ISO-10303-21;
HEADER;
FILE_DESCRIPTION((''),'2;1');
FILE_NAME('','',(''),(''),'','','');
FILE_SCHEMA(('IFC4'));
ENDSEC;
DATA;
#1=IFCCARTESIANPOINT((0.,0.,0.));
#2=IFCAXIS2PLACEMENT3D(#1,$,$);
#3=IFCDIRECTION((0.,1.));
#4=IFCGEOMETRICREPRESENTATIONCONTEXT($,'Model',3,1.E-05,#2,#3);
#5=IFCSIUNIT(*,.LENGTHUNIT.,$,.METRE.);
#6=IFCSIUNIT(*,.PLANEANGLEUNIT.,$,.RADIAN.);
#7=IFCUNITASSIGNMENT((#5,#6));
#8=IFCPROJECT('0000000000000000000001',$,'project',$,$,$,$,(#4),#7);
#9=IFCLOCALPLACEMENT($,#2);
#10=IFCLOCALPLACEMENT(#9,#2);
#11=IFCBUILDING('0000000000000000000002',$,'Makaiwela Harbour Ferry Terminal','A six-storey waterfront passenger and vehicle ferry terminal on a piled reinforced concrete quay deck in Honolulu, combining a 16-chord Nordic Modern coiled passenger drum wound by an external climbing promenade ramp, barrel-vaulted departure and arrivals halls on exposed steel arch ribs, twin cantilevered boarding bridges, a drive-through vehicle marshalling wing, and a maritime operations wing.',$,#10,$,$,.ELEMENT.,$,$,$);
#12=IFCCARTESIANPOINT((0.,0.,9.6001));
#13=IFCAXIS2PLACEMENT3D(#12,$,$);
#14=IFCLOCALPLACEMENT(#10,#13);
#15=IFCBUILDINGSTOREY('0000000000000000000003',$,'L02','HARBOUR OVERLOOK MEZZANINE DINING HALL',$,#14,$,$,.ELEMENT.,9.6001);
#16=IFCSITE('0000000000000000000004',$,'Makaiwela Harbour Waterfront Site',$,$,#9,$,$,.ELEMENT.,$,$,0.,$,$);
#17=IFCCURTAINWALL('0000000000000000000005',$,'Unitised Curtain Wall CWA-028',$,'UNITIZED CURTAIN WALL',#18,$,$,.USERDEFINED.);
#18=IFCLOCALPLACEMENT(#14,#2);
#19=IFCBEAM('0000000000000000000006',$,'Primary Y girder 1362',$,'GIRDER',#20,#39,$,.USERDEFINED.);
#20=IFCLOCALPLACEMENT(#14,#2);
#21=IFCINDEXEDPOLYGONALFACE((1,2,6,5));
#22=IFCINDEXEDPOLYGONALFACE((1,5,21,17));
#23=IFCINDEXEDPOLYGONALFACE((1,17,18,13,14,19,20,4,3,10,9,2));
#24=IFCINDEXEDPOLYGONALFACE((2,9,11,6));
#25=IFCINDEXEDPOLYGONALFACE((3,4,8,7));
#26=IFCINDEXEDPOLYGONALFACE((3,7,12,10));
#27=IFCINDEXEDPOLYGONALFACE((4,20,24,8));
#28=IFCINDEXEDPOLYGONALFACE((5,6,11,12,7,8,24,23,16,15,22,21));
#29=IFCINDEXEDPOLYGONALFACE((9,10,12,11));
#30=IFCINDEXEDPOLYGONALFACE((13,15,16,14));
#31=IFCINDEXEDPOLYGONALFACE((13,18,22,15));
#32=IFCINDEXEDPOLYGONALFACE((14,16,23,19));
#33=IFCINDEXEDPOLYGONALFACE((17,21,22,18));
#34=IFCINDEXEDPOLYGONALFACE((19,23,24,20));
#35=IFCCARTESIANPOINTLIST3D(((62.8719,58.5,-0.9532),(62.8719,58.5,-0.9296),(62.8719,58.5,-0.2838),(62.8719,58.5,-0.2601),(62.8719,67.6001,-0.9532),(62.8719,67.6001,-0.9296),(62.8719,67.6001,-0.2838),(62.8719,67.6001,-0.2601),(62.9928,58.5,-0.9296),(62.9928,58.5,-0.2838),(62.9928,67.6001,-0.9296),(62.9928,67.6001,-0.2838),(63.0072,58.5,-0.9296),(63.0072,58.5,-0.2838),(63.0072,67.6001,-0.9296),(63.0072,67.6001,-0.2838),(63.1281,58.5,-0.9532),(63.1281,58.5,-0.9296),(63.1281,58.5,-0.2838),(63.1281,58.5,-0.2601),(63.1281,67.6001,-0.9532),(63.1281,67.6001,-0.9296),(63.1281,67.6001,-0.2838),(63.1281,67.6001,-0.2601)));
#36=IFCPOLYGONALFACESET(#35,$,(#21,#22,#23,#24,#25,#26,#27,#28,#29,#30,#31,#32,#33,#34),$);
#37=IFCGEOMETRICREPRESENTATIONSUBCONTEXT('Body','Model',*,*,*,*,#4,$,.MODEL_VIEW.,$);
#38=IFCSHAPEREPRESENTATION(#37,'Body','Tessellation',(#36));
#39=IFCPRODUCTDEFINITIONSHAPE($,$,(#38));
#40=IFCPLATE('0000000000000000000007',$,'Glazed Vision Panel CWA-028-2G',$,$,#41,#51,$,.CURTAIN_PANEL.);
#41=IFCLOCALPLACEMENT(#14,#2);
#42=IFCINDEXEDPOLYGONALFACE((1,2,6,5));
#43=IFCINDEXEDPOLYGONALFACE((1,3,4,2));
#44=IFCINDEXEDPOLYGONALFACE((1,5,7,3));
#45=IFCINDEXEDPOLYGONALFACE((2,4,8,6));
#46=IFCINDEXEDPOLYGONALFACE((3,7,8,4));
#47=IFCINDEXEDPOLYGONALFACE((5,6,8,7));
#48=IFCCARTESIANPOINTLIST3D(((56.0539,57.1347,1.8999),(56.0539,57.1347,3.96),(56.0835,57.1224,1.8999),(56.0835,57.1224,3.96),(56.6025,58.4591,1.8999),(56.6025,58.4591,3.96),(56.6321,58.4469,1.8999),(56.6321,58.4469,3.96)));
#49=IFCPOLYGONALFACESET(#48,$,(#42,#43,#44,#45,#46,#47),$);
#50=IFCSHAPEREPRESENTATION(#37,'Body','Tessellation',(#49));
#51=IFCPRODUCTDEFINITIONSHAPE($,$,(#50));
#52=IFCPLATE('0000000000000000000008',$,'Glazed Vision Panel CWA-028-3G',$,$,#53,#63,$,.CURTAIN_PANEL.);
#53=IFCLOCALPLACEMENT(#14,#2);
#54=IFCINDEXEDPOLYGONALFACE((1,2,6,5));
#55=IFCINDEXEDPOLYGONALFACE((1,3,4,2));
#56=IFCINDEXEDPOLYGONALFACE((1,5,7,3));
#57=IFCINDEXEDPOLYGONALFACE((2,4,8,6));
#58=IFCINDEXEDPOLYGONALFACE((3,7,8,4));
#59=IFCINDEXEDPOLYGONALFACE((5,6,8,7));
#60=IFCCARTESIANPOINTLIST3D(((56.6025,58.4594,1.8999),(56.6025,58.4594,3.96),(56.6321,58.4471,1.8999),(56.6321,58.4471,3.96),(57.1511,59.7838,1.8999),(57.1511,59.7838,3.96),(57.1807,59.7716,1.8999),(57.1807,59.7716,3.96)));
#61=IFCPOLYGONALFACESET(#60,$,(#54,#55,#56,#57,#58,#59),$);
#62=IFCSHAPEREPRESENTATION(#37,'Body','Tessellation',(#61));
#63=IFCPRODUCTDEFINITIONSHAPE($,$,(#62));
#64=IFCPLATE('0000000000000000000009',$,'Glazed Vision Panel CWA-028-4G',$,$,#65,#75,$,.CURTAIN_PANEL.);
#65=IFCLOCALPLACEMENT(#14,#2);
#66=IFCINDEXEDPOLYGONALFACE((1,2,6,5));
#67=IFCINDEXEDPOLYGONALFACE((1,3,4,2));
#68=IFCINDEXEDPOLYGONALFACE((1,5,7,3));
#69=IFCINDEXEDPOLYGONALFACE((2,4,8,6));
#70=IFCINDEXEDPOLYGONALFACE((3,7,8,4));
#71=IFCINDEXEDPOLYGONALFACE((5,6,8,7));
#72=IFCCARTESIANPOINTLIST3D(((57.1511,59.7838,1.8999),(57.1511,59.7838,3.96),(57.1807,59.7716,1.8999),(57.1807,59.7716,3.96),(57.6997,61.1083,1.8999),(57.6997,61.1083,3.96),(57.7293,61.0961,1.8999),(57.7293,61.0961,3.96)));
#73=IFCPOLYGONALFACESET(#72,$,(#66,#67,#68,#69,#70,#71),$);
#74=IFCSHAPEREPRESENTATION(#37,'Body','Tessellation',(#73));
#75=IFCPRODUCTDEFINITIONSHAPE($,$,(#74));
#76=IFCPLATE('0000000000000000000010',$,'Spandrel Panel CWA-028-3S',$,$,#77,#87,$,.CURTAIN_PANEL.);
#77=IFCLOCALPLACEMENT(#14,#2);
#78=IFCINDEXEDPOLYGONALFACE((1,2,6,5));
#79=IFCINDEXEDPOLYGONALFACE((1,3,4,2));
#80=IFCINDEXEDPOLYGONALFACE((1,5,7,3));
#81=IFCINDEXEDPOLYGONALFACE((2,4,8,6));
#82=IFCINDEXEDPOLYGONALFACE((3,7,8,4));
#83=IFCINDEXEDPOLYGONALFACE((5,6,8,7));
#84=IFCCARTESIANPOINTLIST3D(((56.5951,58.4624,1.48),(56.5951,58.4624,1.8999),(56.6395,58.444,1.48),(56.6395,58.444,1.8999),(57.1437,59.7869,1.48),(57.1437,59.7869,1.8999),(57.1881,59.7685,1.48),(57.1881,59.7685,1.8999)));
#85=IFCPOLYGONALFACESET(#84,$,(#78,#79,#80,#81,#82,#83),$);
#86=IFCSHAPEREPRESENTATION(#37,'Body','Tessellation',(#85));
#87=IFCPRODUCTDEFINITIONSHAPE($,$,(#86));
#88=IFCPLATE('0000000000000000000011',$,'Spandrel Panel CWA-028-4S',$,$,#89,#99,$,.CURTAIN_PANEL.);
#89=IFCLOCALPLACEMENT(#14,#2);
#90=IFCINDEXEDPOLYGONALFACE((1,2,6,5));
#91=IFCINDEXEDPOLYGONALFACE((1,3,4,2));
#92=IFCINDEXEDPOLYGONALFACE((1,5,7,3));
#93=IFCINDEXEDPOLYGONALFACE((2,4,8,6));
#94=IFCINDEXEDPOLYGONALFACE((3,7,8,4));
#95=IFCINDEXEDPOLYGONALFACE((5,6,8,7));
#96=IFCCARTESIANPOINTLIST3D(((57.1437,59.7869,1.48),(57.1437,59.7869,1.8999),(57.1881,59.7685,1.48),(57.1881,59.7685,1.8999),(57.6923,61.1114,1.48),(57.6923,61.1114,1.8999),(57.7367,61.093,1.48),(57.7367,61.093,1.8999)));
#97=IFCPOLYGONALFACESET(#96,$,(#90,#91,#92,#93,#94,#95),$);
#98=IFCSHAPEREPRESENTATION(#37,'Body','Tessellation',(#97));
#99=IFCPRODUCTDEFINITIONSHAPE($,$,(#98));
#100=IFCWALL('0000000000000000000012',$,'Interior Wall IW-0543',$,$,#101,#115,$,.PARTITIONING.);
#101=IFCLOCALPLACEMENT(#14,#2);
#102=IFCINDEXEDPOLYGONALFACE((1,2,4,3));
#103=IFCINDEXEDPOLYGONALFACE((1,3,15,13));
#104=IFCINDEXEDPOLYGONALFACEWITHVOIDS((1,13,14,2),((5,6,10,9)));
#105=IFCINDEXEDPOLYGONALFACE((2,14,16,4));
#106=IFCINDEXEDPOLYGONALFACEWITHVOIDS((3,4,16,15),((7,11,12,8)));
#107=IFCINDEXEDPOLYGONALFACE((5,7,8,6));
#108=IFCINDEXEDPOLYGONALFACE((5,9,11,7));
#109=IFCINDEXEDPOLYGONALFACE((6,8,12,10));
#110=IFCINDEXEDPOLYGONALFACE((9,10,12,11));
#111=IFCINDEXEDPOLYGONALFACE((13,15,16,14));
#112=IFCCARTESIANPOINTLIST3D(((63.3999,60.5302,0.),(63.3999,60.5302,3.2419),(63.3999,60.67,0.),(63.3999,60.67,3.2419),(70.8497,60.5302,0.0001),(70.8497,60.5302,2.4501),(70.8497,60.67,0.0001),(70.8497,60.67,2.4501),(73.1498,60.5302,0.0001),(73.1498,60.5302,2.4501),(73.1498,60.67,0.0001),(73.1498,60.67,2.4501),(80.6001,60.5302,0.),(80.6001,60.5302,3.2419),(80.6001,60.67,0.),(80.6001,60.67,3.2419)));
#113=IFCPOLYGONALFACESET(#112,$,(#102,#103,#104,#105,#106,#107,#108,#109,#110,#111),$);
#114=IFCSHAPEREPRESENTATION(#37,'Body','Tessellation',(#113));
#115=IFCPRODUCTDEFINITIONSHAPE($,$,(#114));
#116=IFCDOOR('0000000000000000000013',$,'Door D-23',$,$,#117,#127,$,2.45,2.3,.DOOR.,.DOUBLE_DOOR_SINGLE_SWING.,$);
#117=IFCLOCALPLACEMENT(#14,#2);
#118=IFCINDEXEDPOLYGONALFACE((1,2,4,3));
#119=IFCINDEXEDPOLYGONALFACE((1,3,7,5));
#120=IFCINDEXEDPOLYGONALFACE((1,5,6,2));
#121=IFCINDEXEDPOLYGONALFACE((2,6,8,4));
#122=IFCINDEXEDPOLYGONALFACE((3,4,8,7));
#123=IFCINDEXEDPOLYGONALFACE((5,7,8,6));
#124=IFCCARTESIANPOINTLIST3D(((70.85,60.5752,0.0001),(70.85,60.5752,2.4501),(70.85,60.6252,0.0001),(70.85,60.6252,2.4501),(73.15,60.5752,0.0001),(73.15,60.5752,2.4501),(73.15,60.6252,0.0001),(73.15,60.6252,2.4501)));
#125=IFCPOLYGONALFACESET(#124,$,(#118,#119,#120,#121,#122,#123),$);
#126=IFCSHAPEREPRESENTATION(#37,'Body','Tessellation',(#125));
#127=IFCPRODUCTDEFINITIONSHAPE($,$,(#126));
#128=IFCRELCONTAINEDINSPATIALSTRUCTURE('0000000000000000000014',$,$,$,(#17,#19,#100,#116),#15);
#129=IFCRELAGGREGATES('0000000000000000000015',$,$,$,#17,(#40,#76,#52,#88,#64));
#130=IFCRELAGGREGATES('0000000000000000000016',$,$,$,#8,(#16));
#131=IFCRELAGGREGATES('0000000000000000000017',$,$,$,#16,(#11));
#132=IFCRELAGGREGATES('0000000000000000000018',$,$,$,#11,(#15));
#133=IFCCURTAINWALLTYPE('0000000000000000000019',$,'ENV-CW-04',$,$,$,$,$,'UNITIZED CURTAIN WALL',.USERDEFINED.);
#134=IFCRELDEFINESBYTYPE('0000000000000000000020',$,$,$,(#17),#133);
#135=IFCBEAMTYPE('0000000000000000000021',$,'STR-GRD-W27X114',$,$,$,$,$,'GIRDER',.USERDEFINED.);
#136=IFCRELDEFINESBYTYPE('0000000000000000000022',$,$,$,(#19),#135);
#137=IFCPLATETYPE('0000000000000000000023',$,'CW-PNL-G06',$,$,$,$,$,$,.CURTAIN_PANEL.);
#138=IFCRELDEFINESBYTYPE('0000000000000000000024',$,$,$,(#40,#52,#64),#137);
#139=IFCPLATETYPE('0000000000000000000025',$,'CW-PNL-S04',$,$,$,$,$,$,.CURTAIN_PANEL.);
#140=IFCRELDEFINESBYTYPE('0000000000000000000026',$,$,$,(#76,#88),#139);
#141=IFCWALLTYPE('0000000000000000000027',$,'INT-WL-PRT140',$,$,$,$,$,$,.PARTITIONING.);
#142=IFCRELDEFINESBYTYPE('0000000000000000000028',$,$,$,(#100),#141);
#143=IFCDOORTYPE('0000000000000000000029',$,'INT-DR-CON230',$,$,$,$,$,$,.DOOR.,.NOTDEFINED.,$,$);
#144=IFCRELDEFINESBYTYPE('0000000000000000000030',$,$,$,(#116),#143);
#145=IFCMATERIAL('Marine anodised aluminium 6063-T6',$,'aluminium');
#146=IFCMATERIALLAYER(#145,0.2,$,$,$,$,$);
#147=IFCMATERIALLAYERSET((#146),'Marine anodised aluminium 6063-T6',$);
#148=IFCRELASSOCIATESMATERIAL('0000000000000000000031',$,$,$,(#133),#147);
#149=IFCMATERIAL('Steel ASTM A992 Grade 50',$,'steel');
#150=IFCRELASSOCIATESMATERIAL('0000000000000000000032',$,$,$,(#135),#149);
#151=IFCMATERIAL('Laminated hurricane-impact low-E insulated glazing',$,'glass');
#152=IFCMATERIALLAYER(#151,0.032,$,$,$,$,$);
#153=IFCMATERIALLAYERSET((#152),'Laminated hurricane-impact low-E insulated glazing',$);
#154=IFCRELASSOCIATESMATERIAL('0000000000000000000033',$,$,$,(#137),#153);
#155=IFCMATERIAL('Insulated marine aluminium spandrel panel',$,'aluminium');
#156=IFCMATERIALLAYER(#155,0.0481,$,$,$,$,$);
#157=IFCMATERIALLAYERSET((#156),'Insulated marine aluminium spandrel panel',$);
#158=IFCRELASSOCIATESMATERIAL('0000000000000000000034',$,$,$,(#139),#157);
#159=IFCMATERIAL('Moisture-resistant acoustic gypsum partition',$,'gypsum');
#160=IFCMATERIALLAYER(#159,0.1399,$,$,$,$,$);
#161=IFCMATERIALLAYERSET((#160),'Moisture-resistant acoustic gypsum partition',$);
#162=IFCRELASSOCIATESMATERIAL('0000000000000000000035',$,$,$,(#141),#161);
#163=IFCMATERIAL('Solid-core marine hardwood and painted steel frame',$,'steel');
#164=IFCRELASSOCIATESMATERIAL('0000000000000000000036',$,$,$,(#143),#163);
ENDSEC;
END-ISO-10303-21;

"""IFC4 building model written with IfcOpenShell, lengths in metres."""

from ifc_helpers import new_model, si_unit, direction, frame, frame_2d, origin, origin_2d, place, context, subcontext, project, spatial, rectangle, i_section, extrude, material, layer, layer_set, material_profile, profile_set, type_object, element, fill, aggregate, save


model = new_model("IFC4")

# Units and contexts
model_context = context("Model", 3, precision=1e-05, world=origin(), true_north=direction((0.0, 1.0)))
body_context = subcontext(model_context, "Body", "Model", "MODEL_VIEW")
ifc_project = project(units=[si_unit("LENGTHUNIT", "METRE"), si_unit("PLANEANGLEUNIT", "RADIAN")], contexts=[model_context])

# Site, building, storey
site_placement = place(None, origin())
site = spatial("IfcSite", under=ifc_project, at=site_placement, Name="Makaiwela Harbour Waterfront Site", CompositionType="ELEMENT", RefElevation=0.0)
building_placement = place(site_placement, origin())
building = spatial("IfcBuilding", under=site, at=building_placement, Name="Makaiwela Harbour Ferry Terminal", Description="A six-storey waterfront passenger and vehicle ferry terminal on a piled reinforced concrete quay deck in Honolulu, combining a 16-chord Nordic Modern coiled passenger drum wound by an external climbing promenade ramp, barrel-vaulted departure and arrivals halls on exposed steel arch ribs, twin cantilevered boarding bridges, a drive-through vehicle marshalling wing, and a maritime operations wing.", CompositionType="ELEMENT")
storey_placement = place(building_placement, frame((0.0, 0.0, 9.6001)))
storey = spatial("IfcBuildingStorey", under=building, at=storey_placement, Name="L02", Description="HARBOUR OVERLOOK MEZZANINE DINING HALL", CompositionType="ELEMENT", Elevation=9.6001)

# Shared definitions
ifc_material_1 = material(Name="Steel ASTM A992 Grade 50", Category="steel")

# Curtain wall
ifc_material_2 = material(Name="Marine anodised aluminium 6063-T6", Category="aluminium")
ifc_layer_1 = layer(ifc_material_2, 0.2)
ifc_layer_set_1 = layer_set([ifc_layer_1], Name="Marine anodised aluminium 6063-T6")
curtain_wall_type = type_object("IfcCurtainWallType", Name="ENV-CW-04", ElementType="UNITIZED CURTAIN WALL", PredefinedType="USERDEFINED", material=ifc_layer_set_1)
curtain_wall_placement = place(storey_placement, origin())
curtain_wall = element("IfcCurtainWall", 1, at=curtain_wall_placement, inside=storey, type_object=curtain_wall_type, Name="Unitised Curtain Wall CWA-028", ObjectType="UNITIZED CURTAIN WALL", PredefinedType="USERDEFINED")

# Beam
ifc_material_profile_1 = material_profile(ifc_material_1, i_section(OverallWidth=0.2561, OverallDepth=0.6931, WebThickness=0.0144, FlangeThickness=0.0237, at=origin_2d()), Name="W27X114")
ifc_profile_set_1 = profile_set([ifc_material_profile_1], Name="Steel ASTM A992 Grade 50")
beam_type_1 = type_object("IfcBeamType", Name="STR-GRD-W27X114", ElementType="GIRDER", PredefinedType="USERDEFINED", material=ifc_profile_set_1)
beam_1_placement = place(storey_placement, frame((63.0, 58.5, -0.6067), z_axis=(0.0, 1.0, 0.0), x_axis=(-1.0, 0.0, 0.0)))
element("IfcBeam", 2, at=beam_1_placement, inside=storey, type_object=beam_type_1, Name="Primary Y girder 1362", ObjectType="GIRDER", PredefinedType="USERDEFINED", context=body_context, shape_type="SweptSolid", body=[
    extrude(i_section(OverallWidth=0.2561, OverallDepth=0.6931, WebThickness=0.0144, FlangeThickness=0.0237, at=origin_2d()), origin(), (0.0, 0.0, 1.0), 9.1001),
])

# Plates
ifc_material_3 = material(Name="Laminated hurricane-impact low-E insulated glazing", Category="glass")
ifc_layer_2 = layer(ifc_material_3, 0.032)
ifc_layer_set_2 = layer_set([ifc_layer_2], Name="Laminated hurricane-impact low-E insulated glazing")
plate_type_1 = type_object("IfcPlateType", Name="CW-PNL-G06", PredefinedType="CURTAIN_PANEL", material=ifc_layer_set_2)
plate_1_placement = place(storey_placement, frame((56.343, 57.7908, 1.8999), z_axis=(0.0, 0.0, 1.0), x_axis=(0.382683, 0.92388, 0.0)))
plate_1 = element("IfcPlate", 3, at=plate_1_placement, type_object=plate_type_1, Name="Glazed Vision Panel CWA-028-2G", PredefinedType="CURTAIN_PANEL", context=body_context, shape_type="SweptSolid", body=[
    extrude(rectangle(XDim=1.4336, YDim=0.032, at=origin_2d()), origin(), (0.0, 0.0, 1.0), 2.0601),
])
plate_2_placement = place(storey_placement, frame((56.8916, 59.1155, 1.8999), z_axis=(0.0, 0.0, 1.0), x_axis=(0.382683, 0.92388, 0.0)))
plate_2 = element("IfcPlate", 4, at=plate_2_placement, type_object=plate_type_1, Name="Glazed Vision Panel CWA-028-3G", PredefinedType="CURTAIN_PANEL", context=body_context, shape_type="SweptSolid", body=[
    extrude(rectangle(XDim=1.4336, YDim=0.032, at=origin_2d()), origin(), (0.0, 0.0, 1.0), 2.0601),
])
plate_3_placement = place(storey_placement, frame((57.4402, 60.4399, 1.8999), z_axis=(0.0, 0.0, 1.0), x_axis=(0.382683, 0.92388, 0.0)))
plate_3 = element("IfcPlate", 5, at=plate_3_placement, type_object=plate_type_1, Name="Glazed Vision Panel CWA-028-4G", PredefinedType="CURTAIN_PANEL", context=body_context, shape_type="SweptSolid", body=[
    extrude(rectangle(XDim=1.4336, YDim=0.032, at=origin_2d()), origin(), (0.0, 0.0, 1.0), 2.0601),
])
ifc_material_4 = material(Name="Insulated marine aluminium spandrel panel", Category="aluminium")
ifc_layer_3 = layer(ifc_material_4, 0.0481)
ifc_layer_set_3 = layer_set([ifc_layer_3], Name="Insulated marine aluminium spandrel panel")
plate_type_2 = type_object("IfcPlateType", Name="CW-PNL-S04", PredefinedType="CURTAIN_PANEL", material=ifc_layer_set_3)
plate_4_placement = place(storey_placement, frame((56.8916, 59.1155, 1.48), z_axis=(0.0, 0.0, 1.0), x_axis=(0.382683, 0.92388, 0.0)))
plate_4 = element("IfcPlate", 6, at=plate_4_placement, type_object=plate_type_2, Name="Spandrel Panel CWA-028-3S", PredefinedType="CURTAIN_PANEL", context=body_context, shape_type="SweptSolid", body=[
    extrude(rectangle(XDim=1.4336, YDim=0.0481, at=origin_2d()), origin(), (0.0, 0.0, 1.0), 0.4199),
])
plate_5_placement = place(storey_placement, frame((57.4402, 60.4399, 1.48), z_axis=(0.0, 0.0, 1.0), x_axis=(0.382683, 0.92388, 0.0)))
plate_5 = element("IfcPlate", 7, at=plate_5_placement, type_object=plate_type_2, Name="Spandrel Panel CWA-028-4S", PredefinedType="CURTAIN_PANEL", context=body_context, shape_type="SweptSolid", body=[
    extrude(rectangle(XDim=1.4336, YDim=0.0481, at=origin_2d()), origin(), (0.0, 0.0, 1.0), 0.4199),
])
aggregate(curtain_wall, [plate_1, plate_4, plate_2, plate_5, plate_3])

# Wall, opening, door
ifc_material_5 = material(Name="Moisture-resistant acoustic gypsum partition", Category="gypsum")
ifc_layer_4 = layer(ifc_material_5, 0.1399)
ifc_layer_set_4 = layer_set([ifc_layer_4], Name="Moisture-resistant acoustic gypsum partition")
wall_type_1 = type_object("IfcWallType", Name="INT-WL-PRT140", PredefinedType="PARTITIONING", material=ifc_layer_set_4)
wall_1_placement = place(storey_placement, frame((63.3999, 60.6001, 0.0), z_axis=(0.0, 0.0, 1.0), x_axis=(1.0, 0.0, 0.0)))
wall_1 = element("IfcWall", 8, at=wall_1_placement, inside=storey, type_object=wall_type_1, Name="Interior Wall IW-0543", PredefinedType="PARTITIONING", context=body_context, shape_type="SweptSolid", body=[
    extrude(rectangle(XDim=17.2002, YDim=0.1399, at=frame_2d((8.6001, 0.0))), origin(), (0.0, 0.0, 1.0), 3.2419),
])
opening_1_placement = place(wall_1_placement, frame((7.45, 0.0, 0.0)))
opening_1 = element("IfcOpeningElement", 9, at=opening_1_placement, cuts=wall_1, PredefinedType="OPENING", context=body_context, shape_type="SweptSolid", body=[
    extrude(rectangle(XDim=2.3, YDim=2.45, at=frame_2d((1.1499, 1.2251))), frame((0.0, 0.0798, 0.0), z_axis=(0.0, -1.0, 0.0), x_axis=(1.0, 0.0, 0.0)), (0.0, 0.0, 1.0), 0.1599),
])
ifc_material_6 = material(Name="Solid-core marine hardwood and painted steel frame", Category="steel")
door_type_1 = type_object("IfcDoorType", Name="INT-DR-CON230", OperationType="NOTDEFINED", PredefinedType="DOOR", material=ifc_material_6)
door_1_placement = place(opening_1_placement, frame((2.3, 0.0, 0.0), z_axis=(0.0, 0.0, 1.0), x_axis=(-1.0, 0.0, 0.0)))
door_1 = element("IfcDoor", 10, at=door_1_placement, inside=storey, type_object=door_type_1, Name="Door D-23", OperationType="DOUBLE_DOOR_SINGLE_SWING", OverallHeight=2.45, OverallWidth=2.3, PredefinedType="DOOR", context=body_context, shape_type="SweptSolid", body=[
    extrude(rectangle(XDim=2.3, YDim=2.45, at=frame_2d((1.1499, 1.2251))), frame((0.0, 0.0249, 0.0), z_axis=(0.0, -1.0, 0.0), x_axis=(1.0, 0.0, 0.0)), (0.0, 0.0, 1.0), 0.05),
])
fill(opening_1, door_1)

save(model, "model.ifc")
